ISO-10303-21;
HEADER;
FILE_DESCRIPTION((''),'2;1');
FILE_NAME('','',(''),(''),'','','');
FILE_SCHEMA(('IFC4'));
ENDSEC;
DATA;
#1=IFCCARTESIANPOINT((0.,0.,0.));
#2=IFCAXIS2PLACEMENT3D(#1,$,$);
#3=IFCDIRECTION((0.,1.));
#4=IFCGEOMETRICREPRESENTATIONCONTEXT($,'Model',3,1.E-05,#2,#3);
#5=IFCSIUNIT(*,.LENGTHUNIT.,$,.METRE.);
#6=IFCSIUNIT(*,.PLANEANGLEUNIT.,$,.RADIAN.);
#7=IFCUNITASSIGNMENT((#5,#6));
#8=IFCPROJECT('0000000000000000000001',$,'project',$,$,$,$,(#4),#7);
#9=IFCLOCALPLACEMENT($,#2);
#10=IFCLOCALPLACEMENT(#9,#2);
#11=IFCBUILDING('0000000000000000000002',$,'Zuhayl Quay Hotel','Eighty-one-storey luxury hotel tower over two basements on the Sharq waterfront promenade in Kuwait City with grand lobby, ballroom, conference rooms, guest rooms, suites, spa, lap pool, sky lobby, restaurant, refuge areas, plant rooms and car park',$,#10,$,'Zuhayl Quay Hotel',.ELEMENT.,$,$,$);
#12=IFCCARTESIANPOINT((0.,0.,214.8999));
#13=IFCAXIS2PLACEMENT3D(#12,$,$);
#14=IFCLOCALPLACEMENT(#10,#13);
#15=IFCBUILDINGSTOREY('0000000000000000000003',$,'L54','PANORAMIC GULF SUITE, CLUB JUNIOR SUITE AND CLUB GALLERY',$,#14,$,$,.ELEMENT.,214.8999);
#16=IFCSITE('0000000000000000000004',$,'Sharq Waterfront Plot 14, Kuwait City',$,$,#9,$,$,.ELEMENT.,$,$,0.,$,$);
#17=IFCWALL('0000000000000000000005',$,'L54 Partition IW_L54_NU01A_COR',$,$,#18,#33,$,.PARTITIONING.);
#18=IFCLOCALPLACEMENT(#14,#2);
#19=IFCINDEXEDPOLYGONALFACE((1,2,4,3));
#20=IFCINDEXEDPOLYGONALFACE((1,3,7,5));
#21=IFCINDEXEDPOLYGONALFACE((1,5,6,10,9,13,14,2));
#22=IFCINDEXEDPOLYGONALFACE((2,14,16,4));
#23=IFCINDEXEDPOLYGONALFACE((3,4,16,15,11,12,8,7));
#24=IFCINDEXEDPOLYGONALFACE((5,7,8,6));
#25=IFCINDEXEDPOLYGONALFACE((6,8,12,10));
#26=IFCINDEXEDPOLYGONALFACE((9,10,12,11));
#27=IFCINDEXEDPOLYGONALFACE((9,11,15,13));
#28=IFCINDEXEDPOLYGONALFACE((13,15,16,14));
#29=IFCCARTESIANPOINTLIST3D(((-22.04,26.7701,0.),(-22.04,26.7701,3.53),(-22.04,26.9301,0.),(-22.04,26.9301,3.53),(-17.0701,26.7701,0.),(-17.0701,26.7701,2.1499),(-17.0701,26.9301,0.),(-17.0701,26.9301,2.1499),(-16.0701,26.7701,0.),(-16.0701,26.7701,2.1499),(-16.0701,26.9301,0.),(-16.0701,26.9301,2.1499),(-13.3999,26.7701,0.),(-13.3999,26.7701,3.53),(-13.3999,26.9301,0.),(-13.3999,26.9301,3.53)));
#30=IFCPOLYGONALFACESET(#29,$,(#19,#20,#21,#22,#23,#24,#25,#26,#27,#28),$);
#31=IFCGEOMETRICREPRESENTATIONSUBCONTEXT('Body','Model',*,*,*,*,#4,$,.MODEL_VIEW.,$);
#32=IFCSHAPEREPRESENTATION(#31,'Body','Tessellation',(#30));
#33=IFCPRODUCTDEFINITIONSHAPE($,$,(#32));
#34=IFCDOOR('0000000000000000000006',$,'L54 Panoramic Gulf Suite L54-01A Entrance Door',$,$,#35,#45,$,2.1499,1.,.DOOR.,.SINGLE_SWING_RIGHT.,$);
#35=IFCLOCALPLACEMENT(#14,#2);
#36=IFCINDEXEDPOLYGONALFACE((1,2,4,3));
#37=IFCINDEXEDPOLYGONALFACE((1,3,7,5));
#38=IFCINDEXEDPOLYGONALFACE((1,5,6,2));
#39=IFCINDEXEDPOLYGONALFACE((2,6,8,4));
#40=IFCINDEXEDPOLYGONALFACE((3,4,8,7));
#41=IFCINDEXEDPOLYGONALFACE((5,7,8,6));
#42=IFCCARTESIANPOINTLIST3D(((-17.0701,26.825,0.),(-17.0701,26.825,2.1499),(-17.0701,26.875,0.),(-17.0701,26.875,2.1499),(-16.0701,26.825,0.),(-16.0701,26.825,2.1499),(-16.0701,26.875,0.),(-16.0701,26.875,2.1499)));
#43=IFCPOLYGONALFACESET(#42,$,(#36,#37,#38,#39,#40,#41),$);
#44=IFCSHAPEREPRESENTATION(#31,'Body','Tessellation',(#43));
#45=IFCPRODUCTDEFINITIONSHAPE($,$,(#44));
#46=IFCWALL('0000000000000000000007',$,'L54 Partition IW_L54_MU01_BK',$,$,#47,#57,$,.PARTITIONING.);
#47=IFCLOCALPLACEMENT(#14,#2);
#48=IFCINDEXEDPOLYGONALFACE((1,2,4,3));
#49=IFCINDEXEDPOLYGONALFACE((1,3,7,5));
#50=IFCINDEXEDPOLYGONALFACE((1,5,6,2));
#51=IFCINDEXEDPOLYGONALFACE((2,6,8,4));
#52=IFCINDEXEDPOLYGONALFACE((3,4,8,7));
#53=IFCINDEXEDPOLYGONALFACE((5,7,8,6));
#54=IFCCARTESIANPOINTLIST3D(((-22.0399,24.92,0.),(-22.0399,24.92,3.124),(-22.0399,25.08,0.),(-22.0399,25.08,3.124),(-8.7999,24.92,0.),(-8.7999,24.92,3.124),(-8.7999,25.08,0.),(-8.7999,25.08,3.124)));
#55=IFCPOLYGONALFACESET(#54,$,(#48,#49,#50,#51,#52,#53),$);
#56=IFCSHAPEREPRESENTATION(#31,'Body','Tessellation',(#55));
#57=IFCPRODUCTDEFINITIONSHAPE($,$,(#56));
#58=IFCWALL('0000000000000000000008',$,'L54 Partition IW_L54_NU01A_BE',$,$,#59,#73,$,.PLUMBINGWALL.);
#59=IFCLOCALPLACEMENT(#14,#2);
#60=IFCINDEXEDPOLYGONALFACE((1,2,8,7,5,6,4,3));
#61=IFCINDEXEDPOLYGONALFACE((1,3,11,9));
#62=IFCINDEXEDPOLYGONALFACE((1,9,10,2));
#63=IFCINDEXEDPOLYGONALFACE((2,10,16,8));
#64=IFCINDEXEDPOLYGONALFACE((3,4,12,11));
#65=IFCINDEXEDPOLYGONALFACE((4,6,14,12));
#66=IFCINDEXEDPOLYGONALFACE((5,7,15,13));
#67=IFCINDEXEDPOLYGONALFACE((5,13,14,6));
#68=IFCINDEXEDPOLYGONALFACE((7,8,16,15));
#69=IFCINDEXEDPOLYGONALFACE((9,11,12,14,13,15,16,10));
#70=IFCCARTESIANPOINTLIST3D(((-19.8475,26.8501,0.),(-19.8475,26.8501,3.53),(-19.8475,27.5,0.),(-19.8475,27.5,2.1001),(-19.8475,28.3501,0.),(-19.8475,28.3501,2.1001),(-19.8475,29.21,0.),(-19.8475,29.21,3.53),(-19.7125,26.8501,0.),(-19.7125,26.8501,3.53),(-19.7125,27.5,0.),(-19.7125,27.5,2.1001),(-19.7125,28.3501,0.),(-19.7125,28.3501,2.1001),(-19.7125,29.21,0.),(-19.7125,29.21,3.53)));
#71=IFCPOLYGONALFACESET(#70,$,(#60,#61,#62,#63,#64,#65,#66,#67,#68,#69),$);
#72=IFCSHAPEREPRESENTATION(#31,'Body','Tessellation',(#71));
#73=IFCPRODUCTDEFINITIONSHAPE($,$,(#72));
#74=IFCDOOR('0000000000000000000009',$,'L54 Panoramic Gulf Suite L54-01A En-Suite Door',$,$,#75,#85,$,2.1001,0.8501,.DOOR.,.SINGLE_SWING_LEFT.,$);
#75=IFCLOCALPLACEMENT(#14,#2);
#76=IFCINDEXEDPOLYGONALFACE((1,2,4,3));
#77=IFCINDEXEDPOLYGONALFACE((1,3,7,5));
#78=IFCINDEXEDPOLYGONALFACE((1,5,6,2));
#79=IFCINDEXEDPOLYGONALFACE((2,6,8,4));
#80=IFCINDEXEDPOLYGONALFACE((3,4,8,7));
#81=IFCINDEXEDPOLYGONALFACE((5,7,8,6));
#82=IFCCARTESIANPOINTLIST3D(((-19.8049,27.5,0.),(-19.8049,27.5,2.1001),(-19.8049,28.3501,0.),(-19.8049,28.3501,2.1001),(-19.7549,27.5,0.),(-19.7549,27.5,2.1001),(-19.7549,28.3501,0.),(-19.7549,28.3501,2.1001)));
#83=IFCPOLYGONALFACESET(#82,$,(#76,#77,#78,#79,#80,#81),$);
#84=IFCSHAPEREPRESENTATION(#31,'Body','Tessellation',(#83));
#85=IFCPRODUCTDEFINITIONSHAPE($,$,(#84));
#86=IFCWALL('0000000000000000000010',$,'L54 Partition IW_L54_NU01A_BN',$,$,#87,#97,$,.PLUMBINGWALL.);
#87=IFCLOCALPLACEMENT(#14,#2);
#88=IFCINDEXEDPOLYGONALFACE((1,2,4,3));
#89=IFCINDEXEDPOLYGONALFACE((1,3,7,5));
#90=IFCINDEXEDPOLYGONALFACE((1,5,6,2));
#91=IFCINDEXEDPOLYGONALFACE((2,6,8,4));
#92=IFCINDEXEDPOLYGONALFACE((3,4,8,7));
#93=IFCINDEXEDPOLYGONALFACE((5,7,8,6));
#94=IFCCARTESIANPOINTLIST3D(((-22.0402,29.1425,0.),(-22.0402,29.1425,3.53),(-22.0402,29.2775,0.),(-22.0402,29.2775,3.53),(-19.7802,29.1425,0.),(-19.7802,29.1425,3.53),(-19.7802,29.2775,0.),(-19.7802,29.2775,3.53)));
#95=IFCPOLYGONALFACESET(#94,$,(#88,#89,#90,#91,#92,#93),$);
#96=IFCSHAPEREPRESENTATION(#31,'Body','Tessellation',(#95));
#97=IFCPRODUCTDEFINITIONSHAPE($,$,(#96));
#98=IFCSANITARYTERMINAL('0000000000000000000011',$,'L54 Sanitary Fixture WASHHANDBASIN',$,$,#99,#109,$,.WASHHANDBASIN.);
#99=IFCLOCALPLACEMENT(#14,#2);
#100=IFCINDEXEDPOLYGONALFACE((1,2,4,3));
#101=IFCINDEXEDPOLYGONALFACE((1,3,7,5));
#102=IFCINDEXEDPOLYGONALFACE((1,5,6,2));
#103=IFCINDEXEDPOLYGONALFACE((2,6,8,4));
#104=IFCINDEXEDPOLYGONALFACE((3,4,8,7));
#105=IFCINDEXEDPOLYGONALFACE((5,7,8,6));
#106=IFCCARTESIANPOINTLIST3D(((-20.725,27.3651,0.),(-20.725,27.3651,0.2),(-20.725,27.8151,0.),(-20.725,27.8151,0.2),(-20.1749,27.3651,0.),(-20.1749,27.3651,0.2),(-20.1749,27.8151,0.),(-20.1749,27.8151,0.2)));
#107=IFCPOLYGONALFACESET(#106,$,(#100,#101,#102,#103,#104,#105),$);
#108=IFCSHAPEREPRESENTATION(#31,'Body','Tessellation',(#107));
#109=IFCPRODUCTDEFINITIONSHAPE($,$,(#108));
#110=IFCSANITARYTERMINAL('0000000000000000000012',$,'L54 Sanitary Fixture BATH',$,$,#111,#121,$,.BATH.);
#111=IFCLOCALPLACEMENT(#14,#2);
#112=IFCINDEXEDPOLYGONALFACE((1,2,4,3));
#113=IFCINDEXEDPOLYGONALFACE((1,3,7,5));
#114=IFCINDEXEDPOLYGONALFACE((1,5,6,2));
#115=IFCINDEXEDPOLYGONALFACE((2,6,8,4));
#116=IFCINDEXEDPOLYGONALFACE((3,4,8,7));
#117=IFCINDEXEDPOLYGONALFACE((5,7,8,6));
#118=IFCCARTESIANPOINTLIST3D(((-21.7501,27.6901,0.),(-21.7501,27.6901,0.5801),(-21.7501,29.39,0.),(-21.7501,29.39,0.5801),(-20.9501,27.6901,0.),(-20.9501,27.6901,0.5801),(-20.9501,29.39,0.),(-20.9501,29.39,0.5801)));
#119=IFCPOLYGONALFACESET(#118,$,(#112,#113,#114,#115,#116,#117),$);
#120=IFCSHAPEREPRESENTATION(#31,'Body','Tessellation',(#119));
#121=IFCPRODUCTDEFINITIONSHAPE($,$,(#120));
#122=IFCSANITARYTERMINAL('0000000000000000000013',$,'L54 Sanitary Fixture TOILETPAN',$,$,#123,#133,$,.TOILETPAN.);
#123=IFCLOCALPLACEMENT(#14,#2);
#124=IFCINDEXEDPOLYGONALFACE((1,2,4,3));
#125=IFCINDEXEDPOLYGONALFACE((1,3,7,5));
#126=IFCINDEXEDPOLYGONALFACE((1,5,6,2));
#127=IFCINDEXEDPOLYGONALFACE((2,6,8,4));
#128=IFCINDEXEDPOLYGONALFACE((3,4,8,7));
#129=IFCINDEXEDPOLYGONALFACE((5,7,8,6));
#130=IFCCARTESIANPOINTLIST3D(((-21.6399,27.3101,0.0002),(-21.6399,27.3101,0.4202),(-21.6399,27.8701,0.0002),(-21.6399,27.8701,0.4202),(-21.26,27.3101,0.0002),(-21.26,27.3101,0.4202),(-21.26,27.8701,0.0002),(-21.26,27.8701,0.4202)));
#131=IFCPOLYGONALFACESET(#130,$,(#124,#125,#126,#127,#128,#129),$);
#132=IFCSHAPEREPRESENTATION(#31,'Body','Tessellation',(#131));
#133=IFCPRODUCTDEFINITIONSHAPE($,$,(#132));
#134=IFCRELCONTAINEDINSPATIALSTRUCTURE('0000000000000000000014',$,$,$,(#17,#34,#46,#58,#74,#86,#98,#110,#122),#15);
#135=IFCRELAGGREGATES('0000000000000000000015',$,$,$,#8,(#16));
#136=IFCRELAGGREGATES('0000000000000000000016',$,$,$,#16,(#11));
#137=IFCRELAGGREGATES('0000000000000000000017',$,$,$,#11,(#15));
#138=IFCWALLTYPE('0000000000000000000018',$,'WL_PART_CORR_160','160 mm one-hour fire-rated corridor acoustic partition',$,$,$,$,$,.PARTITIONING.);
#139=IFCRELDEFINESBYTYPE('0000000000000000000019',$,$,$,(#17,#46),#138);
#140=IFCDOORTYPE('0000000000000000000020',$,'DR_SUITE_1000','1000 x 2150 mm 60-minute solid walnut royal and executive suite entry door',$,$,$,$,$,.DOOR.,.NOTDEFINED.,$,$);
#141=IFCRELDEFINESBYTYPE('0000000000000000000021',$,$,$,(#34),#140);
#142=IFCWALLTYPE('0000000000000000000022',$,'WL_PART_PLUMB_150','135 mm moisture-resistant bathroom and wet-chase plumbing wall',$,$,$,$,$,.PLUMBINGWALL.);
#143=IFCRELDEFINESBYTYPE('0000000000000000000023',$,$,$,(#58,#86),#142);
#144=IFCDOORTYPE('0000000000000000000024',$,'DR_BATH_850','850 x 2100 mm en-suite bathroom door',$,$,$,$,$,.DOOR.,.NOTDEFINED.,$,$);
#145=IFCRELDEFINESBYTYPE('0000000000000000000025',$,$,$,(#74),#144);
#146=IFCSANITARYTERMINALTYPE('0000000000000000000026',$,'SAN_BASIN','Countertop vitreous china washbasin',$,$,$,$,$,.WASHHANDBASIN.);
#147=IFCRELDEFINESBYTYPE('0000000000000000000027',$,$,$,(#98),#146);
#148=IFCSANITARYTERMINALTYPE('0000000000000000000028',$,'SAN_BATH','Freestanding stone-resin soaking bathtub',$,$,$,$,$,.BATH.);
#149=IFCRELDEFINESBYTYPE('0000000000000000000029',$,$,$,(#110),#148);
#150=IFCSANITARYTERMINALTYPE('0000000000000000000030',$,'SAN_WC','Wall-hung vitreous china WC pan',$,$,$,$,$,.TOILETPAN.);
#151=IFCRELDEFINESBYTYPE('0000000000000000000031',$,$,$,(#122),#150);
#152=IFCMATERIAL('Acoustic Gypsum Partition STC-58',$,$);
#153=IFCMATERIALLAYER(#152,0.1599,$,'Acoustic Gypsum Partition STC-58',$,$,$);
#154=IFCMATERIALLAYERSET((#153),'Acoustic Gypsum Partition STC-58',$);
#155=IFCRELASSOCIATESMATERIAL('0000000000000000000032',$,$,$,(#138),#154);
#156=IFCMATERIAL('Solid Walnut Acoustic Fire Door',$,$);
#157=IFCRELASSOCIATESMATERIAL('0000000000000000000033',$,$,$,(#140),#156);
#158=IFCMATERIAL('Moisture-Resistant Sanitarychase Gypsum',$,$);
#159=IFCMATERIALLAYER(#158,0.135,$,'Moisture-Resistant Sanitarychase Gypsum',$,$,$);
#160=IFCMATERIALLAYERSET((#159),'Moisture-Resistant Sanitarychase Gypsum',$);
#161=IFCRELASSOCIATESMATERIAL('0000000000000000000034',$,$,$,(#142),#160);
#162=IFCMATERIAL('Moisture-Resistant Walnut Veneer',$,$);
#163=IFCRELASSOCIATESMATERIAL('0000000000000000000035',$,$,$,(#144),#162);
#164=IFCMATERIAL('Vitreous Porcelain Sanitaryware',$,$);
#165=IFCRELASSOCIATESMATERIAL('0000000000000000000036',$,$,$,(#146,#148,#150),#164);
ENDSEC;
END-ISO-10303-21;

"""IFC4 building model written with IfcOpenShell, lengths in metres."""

from ifc_helpers import new_model, si_unit, direction, frame, frame_2d, origin, origin_2d, place, context, subcontext, project, spatial, rectangle, extrude, material, layer, layer_set, type_object, element, fill, save


model = new_model("IFC4")

# Units and contexts
model_context = context("Model", 3, precision=1e-05, world=origin(), true_north=direction((0.0, 1.0)))
body_context = subcontext(model_context, "Body", "Model", "MODEL_VIEW")
ifc_project = project(units=[si_unit("LENGTHUNIT", "METRE"), si_unit("PLANEANGLEUNIT", "RADIAN")], contexts=[model_context])

# Site, building, storey
site_placement = place(None, origin())
site = spatial("IfcSite", under=ifc_project, at=site_placement, Name="Sharq Waterfront Plot 14, Kuwait City", CompositionType="ELEMENT", RefElevation=0.0)
building_placement = place(site_placement, origin())
building = spatial("IfcBuilding", under=site, at=building_placement, Name="Zuhayl Quay Hotel", Description="Eighty-one-storey luxury hotel tower over two basements on the Sharq waterfront promenade in Kuwait City with grand lobby, ballroom, conference rooms, guest rooms, suites, spa, lap pool, sky lobby, restaurant, refuge areas, plant rooms and car park", LongName="Zuhayl Quay Hotel", CompositionType="ELEMENT")
storey_placement = place(building_placement, frame((0.0, 0.0, 214.8999)))
storey = spatial("IfcBuildingStorey", under=building, at=storey_placement, Name="L54", Description="PANORAMIC GULF SUITE, CLUB JUNIOR SUITE AND CLUB GALLERY", CompositionType="ELEMENT", Elevation=214.8999)

# Shared definitions
ifc_material_1 = material(Name="Acoustic Gypsum Partition STC-58")

# Wall, opening, door
ifc_layer_1 = layer(ifc_material_1, 0.1599, Name="Acoustic Gypsum Partition STC-58")
ifc_layer_set_1 = layer_set([ifc_layer_1], Name="Acoustic Gypsum Partition STC-58")
wall_type_1 = type_object("IfcWallType", Name="WL_PART_CORR_160", Description="160 mm one-hour fire-rated corridor acoustic partition", PredefinedType="PARTITIONING", material=ifc_layer_set_1)
wall_1_placement = place(storey_placement, frame((-22.04, 26.8501, 0.0), z_axis=(0.0, 0.0, 1.0), x_axis=(1.0, 0.0, 0.0)))
wall_1 = element("IfcWall", 1, at=wall_1_placement, inside=storey, type_object=wall_type_1, Name="L54 Partition IW_L54_NU01A_COR", PredefinedType="PARTITIONING", context=body_context, shape_type="SweptSolid", body=[
    extrude(rectangle(XDim=8.6401, YDim=0.1599, at=frame_2d((4.3201, 0.0))), origin(), (0.0, 0.0, 1.0), 3.53),
])
opening_1_placement = place(wall_1_placement, frame((4.97, 0.0, 0.0)))
opening_1 = element("IfcOpeningElement", 2, at=opening_1_placement, cuts=wall_1, PredefinedType="OPENING", context=body_context, shape_type="SweptSolid", body=[
    extrude(rectangle(XDim=1.0, YDim=2.1499, at=frame_2d((0.5, 1.075))), frame((0.0, 0.0898, 0.0), z_axis=(0.0, -1.0, 0.0), x_axis=(1.0, 0.0, 0.0)), (0.0, 0.0, 1.0), 0.1799),
])
ifc_material_2 = material(Name="Solid Walnut Acoustic Fire Door")
door_type_1 = type_object("IfcDoorType", Name="DR_SUITE_1000", Description="1000 x 2150 mm 60-minute solid walnut royal and executive suite entry door", OperationType="NOTDEFINED", PredefinedType="DOOR", material=ifc_material_2)
door_1_placement = place(opening_1_placement, origin())
door_1 = element("IfcDoor", 3, at=door_1_placement, inside=storey, type_object=door_type_1, Name="L54 Panoramic Gulf Suite L54-01A Entrance Door", OperationType="SINGLE_SWING_RIGHT", OverallHeight=2.1499, OverallWidth=1.0, PredefinedType="DOOR", context=body_context, shape_type="SweptSolid", body=[
    extrude(rectangle(XDim=1.0, YDim=2.1499, at=frame_2d((0.5, 1.075))), frame((0.0, 0.0249, 0.0), z_axis=(0.0, -1.0, 0.0), x_axis=(1.0, 0.0, 0.0)), (0.0, 0.0, 1.0), 0.05),
])
fill(opening_1, door_1)

# Wall
wall_2_placement = place(storey_placement, frame((-22.04, 25.0, 0.0), z_axis=(0.0, 0.0, 1.0), x_axis=(1.0, 0.0, 0.0)))
element("IfcWall", 4, at=wall_2_placement, inside=storey, type_object=wall_type_1, Name="L54 Partition IW_L54_MU01_BK", PredefinedType="PARTITIONING", context=body_context, shape_type="SweptSolid", body=[
    extrude(rectangle(XDim=13.24, YDim=0.1599, at=frame_2d((6.6201, 0.0))), origin(), (0.0, 0.0, 1.0), 3.124),
])

# Wall, opening, door
ifc_material_3 = material(Name="Moisture-Resistant Sanitarychase Gypsum")
ifc_layer_2 = layer(ifc_material_3, 0.135, Name="Moisture-Resistant Sanitarychase Gypsum")
ifc_layer_set_2 = layer_set([ifc_layer_2], Name="Moisture-Resistant Sanitarychase Gypsum")
wall_type_2 = type_object("IfcWallType", Name="WL_PART_PLUMB_150", Description="135 mm moisture-resistant bathroom and wet-chase plumbing wall", PredefinedType="PLUMBINGWALL", material=ifc_layer_set_2)
wall_3_placement = place(storey_placement, frame((-19.78, 26.8501, 0.0), z_axis=(0.0, 0.0, 1.0), x_axis=(0.0, 1.0, 0.0)))
wall_3 = element("IfcWall", 5, at=wall_3_placement, inside=storey, type_object=wall_type_2, Name="L54 Partition IW_L54_NU01A_BE", PredefinedType="PLUMBINGWALL", context=body_context, shape_type="SweptSolid", body=[
    extrude(rectangle(XDim=2.3599, YDim=0.135, at=frame_2d((1.1799, 0.0))), origin(), (0.0, 0.0, 1.0), 3.53),
])
opening_2_placement = place(wall_3_placement, frame((0.6499, 0.0, 0.0)))
opening_2 = element("IfcOpeningElement", 6, at=opening_2_placement, cuts=wall_3, PredefinedType="OPENING", context=body_context, shape_type="SweptSolid", body=[
    extrude(rectangle(XDim=0.8501, YDim=2.1001, at=frame_2d((0.425, 1.05))), frame((0.0, 0.0774, 0.0), z_axis=(0.0, -1.0, 0.0), x_axis=(1.0, 0.0, 0.0)), (0.0, 0.0, 1.0), 0.155),
])
ifc_material_4 = material(Name="Moisture-Resistant Walnut Veneer")
door_type_2 = type_object("IfcDoorType", Name="DR_BATH_850", Description="850 x 2100 mm en-suite bathroom door", OperationType="NOTDEFINED", PredefinedType="DOOR", material=ifc_material_4)
door_2_placement = place(opening_2_placement, origin())
door_2 = element("IfcDoor", 7, at=door_2_placement, inside=storey, type_object=door_type_2, Name="L54 Panoramic Gulf Suite L54-01A En-Suite Door", OperationType="SINGLE_SWING_LEFT", OverallHeight=2.1001, OverallWidth=0.8501, PredefinedType="DOOR", context=body_context, shape_type="SweptSolid", body=[
    extrude(rectangle(XDim=0.8501, YDim=2.1001, at=frame_2d((0.425, 1.05))), frame((0.0, 0.0249, 0.0), z_axis=(0.0, -1.0, 0.0), x_axis=(1.0, 0.0, 0.0)), (0.0, 0.0, 1.0), 0.05),
])
fill(opening_2, door_2)

# Wall
wall_4_placement = place(storey_placement, frame((-22.04, 29.21, 0.0), z_axis=(0.0, 0.0, 1.0), x_axis=(1.0, 0.0, 0.0)))
element("IfcWall", 8, at=wall_4_placement, inside=storey, type_object=wall_type_2, Name="L54 Partition IW_L54_NU01A_BN", PredefinedType="PLUMBINGWALL", context=body_context, shape_type="SweptSolid", body=[
    extrude(rectangle(XDim=2.26, YDim=0.135, at=frame_2d((1.1299, 0.0))), origin(), (0.0, 0.0, 1.0), 3.53),
])

# Sanitary terminals
ifc_material_5 = material(Name="Vitreous Porcelain Sanitaryware")
sanitary_terminal_type_1 = type_object("IfcSanitaryTerminalType", Name="SAN_BASIN", Description="Countertop vitreous china washbasin", PredefinedType="WASHHANDBASIN", material=ifc_material_5)
sanitary_terminal_1_placement = place(storey_placement, frame((-20.45, 27.5901, 0.0), z_axis=(0.0, 0.0, 1.0), x_axis=(1.0, 0.0, 0.0)))
element("IfcSanitaryTerminal", 9, at=sanitary_terminal_1_placement, inside=storey, type_object=sanitary_terminal_type_1, Name="L54 Sanitary Fixture WASHHANDBASIN", PredefinedType="WASHHANDBASIN", context=body_context, shape_type="SweptSolid", body=[
    extrude(rectangle(XDim=0.55, YDim=0.45, at=origin_2d()), origin(), (0.0, 0.0, 1.0), 0.2),
])
sanitary_terminal_type_2 = type_object("IfcSanitaryTerminalType", Name="SAN_BATH", Description="Freestanding stone-resin soaking bathtub", PredefinedType="BATH", material=ifc_material_5)
sanitary_terminal_2_placement = place(storey_placement, frame((-21.3501, 28.54, 0.0), z_axis=(0.0, 0.0, 1.0), x_axis=(1.0, 0.0, 0.0)))
element("IfcSanitaryTerminal", 10, at=sanitary_terminal_2_placement, inside=storey, type_object=sanitary_terminal_type_2, Name="L54 Sanitary Fixture BATH", PredefinedType="BATH", context=body_context, shape_type="SweptSolid", body=[
    extrude(rectangle(XDim=0.8, YDim=1.7, at=origin_2d()), origin(), (0.0, 0.0, 1.0), 0.5801),
])
sanitary_terminal_type_3 = type_object("IfcSanitaryTerminalType", Name="SAN_WC", Description="Wall-hung vitreous china WC pan", PredefinedType="TOILETPAN", material=ifc_material_5)
sanitary_terminal_3_placement = place(storey_placement, frame((-21.45, 27.5901, 0.0002), z_axis=(0.0, 0.0, 1.0), x_axis=(1.0, 0.0, 0.0)))
element("IfcSanitaryTerminal", 11, at=sanitary_terminal_3_placement, inside=storey, type_object=sanitary_terminal_type_3, Name="L54 Sanitary Fixture TOILETPAN", PredefinedType="TOILETPAN", context=body_context, shape_type="SweptSolid", body=[
    extrude(rectangle(XDim=0.3799, YDim=0.5601, at=origin_2d()), origin(), (0.0, 0.0, 1.0), 0.4199),
])

save(model, "model.ifc")
